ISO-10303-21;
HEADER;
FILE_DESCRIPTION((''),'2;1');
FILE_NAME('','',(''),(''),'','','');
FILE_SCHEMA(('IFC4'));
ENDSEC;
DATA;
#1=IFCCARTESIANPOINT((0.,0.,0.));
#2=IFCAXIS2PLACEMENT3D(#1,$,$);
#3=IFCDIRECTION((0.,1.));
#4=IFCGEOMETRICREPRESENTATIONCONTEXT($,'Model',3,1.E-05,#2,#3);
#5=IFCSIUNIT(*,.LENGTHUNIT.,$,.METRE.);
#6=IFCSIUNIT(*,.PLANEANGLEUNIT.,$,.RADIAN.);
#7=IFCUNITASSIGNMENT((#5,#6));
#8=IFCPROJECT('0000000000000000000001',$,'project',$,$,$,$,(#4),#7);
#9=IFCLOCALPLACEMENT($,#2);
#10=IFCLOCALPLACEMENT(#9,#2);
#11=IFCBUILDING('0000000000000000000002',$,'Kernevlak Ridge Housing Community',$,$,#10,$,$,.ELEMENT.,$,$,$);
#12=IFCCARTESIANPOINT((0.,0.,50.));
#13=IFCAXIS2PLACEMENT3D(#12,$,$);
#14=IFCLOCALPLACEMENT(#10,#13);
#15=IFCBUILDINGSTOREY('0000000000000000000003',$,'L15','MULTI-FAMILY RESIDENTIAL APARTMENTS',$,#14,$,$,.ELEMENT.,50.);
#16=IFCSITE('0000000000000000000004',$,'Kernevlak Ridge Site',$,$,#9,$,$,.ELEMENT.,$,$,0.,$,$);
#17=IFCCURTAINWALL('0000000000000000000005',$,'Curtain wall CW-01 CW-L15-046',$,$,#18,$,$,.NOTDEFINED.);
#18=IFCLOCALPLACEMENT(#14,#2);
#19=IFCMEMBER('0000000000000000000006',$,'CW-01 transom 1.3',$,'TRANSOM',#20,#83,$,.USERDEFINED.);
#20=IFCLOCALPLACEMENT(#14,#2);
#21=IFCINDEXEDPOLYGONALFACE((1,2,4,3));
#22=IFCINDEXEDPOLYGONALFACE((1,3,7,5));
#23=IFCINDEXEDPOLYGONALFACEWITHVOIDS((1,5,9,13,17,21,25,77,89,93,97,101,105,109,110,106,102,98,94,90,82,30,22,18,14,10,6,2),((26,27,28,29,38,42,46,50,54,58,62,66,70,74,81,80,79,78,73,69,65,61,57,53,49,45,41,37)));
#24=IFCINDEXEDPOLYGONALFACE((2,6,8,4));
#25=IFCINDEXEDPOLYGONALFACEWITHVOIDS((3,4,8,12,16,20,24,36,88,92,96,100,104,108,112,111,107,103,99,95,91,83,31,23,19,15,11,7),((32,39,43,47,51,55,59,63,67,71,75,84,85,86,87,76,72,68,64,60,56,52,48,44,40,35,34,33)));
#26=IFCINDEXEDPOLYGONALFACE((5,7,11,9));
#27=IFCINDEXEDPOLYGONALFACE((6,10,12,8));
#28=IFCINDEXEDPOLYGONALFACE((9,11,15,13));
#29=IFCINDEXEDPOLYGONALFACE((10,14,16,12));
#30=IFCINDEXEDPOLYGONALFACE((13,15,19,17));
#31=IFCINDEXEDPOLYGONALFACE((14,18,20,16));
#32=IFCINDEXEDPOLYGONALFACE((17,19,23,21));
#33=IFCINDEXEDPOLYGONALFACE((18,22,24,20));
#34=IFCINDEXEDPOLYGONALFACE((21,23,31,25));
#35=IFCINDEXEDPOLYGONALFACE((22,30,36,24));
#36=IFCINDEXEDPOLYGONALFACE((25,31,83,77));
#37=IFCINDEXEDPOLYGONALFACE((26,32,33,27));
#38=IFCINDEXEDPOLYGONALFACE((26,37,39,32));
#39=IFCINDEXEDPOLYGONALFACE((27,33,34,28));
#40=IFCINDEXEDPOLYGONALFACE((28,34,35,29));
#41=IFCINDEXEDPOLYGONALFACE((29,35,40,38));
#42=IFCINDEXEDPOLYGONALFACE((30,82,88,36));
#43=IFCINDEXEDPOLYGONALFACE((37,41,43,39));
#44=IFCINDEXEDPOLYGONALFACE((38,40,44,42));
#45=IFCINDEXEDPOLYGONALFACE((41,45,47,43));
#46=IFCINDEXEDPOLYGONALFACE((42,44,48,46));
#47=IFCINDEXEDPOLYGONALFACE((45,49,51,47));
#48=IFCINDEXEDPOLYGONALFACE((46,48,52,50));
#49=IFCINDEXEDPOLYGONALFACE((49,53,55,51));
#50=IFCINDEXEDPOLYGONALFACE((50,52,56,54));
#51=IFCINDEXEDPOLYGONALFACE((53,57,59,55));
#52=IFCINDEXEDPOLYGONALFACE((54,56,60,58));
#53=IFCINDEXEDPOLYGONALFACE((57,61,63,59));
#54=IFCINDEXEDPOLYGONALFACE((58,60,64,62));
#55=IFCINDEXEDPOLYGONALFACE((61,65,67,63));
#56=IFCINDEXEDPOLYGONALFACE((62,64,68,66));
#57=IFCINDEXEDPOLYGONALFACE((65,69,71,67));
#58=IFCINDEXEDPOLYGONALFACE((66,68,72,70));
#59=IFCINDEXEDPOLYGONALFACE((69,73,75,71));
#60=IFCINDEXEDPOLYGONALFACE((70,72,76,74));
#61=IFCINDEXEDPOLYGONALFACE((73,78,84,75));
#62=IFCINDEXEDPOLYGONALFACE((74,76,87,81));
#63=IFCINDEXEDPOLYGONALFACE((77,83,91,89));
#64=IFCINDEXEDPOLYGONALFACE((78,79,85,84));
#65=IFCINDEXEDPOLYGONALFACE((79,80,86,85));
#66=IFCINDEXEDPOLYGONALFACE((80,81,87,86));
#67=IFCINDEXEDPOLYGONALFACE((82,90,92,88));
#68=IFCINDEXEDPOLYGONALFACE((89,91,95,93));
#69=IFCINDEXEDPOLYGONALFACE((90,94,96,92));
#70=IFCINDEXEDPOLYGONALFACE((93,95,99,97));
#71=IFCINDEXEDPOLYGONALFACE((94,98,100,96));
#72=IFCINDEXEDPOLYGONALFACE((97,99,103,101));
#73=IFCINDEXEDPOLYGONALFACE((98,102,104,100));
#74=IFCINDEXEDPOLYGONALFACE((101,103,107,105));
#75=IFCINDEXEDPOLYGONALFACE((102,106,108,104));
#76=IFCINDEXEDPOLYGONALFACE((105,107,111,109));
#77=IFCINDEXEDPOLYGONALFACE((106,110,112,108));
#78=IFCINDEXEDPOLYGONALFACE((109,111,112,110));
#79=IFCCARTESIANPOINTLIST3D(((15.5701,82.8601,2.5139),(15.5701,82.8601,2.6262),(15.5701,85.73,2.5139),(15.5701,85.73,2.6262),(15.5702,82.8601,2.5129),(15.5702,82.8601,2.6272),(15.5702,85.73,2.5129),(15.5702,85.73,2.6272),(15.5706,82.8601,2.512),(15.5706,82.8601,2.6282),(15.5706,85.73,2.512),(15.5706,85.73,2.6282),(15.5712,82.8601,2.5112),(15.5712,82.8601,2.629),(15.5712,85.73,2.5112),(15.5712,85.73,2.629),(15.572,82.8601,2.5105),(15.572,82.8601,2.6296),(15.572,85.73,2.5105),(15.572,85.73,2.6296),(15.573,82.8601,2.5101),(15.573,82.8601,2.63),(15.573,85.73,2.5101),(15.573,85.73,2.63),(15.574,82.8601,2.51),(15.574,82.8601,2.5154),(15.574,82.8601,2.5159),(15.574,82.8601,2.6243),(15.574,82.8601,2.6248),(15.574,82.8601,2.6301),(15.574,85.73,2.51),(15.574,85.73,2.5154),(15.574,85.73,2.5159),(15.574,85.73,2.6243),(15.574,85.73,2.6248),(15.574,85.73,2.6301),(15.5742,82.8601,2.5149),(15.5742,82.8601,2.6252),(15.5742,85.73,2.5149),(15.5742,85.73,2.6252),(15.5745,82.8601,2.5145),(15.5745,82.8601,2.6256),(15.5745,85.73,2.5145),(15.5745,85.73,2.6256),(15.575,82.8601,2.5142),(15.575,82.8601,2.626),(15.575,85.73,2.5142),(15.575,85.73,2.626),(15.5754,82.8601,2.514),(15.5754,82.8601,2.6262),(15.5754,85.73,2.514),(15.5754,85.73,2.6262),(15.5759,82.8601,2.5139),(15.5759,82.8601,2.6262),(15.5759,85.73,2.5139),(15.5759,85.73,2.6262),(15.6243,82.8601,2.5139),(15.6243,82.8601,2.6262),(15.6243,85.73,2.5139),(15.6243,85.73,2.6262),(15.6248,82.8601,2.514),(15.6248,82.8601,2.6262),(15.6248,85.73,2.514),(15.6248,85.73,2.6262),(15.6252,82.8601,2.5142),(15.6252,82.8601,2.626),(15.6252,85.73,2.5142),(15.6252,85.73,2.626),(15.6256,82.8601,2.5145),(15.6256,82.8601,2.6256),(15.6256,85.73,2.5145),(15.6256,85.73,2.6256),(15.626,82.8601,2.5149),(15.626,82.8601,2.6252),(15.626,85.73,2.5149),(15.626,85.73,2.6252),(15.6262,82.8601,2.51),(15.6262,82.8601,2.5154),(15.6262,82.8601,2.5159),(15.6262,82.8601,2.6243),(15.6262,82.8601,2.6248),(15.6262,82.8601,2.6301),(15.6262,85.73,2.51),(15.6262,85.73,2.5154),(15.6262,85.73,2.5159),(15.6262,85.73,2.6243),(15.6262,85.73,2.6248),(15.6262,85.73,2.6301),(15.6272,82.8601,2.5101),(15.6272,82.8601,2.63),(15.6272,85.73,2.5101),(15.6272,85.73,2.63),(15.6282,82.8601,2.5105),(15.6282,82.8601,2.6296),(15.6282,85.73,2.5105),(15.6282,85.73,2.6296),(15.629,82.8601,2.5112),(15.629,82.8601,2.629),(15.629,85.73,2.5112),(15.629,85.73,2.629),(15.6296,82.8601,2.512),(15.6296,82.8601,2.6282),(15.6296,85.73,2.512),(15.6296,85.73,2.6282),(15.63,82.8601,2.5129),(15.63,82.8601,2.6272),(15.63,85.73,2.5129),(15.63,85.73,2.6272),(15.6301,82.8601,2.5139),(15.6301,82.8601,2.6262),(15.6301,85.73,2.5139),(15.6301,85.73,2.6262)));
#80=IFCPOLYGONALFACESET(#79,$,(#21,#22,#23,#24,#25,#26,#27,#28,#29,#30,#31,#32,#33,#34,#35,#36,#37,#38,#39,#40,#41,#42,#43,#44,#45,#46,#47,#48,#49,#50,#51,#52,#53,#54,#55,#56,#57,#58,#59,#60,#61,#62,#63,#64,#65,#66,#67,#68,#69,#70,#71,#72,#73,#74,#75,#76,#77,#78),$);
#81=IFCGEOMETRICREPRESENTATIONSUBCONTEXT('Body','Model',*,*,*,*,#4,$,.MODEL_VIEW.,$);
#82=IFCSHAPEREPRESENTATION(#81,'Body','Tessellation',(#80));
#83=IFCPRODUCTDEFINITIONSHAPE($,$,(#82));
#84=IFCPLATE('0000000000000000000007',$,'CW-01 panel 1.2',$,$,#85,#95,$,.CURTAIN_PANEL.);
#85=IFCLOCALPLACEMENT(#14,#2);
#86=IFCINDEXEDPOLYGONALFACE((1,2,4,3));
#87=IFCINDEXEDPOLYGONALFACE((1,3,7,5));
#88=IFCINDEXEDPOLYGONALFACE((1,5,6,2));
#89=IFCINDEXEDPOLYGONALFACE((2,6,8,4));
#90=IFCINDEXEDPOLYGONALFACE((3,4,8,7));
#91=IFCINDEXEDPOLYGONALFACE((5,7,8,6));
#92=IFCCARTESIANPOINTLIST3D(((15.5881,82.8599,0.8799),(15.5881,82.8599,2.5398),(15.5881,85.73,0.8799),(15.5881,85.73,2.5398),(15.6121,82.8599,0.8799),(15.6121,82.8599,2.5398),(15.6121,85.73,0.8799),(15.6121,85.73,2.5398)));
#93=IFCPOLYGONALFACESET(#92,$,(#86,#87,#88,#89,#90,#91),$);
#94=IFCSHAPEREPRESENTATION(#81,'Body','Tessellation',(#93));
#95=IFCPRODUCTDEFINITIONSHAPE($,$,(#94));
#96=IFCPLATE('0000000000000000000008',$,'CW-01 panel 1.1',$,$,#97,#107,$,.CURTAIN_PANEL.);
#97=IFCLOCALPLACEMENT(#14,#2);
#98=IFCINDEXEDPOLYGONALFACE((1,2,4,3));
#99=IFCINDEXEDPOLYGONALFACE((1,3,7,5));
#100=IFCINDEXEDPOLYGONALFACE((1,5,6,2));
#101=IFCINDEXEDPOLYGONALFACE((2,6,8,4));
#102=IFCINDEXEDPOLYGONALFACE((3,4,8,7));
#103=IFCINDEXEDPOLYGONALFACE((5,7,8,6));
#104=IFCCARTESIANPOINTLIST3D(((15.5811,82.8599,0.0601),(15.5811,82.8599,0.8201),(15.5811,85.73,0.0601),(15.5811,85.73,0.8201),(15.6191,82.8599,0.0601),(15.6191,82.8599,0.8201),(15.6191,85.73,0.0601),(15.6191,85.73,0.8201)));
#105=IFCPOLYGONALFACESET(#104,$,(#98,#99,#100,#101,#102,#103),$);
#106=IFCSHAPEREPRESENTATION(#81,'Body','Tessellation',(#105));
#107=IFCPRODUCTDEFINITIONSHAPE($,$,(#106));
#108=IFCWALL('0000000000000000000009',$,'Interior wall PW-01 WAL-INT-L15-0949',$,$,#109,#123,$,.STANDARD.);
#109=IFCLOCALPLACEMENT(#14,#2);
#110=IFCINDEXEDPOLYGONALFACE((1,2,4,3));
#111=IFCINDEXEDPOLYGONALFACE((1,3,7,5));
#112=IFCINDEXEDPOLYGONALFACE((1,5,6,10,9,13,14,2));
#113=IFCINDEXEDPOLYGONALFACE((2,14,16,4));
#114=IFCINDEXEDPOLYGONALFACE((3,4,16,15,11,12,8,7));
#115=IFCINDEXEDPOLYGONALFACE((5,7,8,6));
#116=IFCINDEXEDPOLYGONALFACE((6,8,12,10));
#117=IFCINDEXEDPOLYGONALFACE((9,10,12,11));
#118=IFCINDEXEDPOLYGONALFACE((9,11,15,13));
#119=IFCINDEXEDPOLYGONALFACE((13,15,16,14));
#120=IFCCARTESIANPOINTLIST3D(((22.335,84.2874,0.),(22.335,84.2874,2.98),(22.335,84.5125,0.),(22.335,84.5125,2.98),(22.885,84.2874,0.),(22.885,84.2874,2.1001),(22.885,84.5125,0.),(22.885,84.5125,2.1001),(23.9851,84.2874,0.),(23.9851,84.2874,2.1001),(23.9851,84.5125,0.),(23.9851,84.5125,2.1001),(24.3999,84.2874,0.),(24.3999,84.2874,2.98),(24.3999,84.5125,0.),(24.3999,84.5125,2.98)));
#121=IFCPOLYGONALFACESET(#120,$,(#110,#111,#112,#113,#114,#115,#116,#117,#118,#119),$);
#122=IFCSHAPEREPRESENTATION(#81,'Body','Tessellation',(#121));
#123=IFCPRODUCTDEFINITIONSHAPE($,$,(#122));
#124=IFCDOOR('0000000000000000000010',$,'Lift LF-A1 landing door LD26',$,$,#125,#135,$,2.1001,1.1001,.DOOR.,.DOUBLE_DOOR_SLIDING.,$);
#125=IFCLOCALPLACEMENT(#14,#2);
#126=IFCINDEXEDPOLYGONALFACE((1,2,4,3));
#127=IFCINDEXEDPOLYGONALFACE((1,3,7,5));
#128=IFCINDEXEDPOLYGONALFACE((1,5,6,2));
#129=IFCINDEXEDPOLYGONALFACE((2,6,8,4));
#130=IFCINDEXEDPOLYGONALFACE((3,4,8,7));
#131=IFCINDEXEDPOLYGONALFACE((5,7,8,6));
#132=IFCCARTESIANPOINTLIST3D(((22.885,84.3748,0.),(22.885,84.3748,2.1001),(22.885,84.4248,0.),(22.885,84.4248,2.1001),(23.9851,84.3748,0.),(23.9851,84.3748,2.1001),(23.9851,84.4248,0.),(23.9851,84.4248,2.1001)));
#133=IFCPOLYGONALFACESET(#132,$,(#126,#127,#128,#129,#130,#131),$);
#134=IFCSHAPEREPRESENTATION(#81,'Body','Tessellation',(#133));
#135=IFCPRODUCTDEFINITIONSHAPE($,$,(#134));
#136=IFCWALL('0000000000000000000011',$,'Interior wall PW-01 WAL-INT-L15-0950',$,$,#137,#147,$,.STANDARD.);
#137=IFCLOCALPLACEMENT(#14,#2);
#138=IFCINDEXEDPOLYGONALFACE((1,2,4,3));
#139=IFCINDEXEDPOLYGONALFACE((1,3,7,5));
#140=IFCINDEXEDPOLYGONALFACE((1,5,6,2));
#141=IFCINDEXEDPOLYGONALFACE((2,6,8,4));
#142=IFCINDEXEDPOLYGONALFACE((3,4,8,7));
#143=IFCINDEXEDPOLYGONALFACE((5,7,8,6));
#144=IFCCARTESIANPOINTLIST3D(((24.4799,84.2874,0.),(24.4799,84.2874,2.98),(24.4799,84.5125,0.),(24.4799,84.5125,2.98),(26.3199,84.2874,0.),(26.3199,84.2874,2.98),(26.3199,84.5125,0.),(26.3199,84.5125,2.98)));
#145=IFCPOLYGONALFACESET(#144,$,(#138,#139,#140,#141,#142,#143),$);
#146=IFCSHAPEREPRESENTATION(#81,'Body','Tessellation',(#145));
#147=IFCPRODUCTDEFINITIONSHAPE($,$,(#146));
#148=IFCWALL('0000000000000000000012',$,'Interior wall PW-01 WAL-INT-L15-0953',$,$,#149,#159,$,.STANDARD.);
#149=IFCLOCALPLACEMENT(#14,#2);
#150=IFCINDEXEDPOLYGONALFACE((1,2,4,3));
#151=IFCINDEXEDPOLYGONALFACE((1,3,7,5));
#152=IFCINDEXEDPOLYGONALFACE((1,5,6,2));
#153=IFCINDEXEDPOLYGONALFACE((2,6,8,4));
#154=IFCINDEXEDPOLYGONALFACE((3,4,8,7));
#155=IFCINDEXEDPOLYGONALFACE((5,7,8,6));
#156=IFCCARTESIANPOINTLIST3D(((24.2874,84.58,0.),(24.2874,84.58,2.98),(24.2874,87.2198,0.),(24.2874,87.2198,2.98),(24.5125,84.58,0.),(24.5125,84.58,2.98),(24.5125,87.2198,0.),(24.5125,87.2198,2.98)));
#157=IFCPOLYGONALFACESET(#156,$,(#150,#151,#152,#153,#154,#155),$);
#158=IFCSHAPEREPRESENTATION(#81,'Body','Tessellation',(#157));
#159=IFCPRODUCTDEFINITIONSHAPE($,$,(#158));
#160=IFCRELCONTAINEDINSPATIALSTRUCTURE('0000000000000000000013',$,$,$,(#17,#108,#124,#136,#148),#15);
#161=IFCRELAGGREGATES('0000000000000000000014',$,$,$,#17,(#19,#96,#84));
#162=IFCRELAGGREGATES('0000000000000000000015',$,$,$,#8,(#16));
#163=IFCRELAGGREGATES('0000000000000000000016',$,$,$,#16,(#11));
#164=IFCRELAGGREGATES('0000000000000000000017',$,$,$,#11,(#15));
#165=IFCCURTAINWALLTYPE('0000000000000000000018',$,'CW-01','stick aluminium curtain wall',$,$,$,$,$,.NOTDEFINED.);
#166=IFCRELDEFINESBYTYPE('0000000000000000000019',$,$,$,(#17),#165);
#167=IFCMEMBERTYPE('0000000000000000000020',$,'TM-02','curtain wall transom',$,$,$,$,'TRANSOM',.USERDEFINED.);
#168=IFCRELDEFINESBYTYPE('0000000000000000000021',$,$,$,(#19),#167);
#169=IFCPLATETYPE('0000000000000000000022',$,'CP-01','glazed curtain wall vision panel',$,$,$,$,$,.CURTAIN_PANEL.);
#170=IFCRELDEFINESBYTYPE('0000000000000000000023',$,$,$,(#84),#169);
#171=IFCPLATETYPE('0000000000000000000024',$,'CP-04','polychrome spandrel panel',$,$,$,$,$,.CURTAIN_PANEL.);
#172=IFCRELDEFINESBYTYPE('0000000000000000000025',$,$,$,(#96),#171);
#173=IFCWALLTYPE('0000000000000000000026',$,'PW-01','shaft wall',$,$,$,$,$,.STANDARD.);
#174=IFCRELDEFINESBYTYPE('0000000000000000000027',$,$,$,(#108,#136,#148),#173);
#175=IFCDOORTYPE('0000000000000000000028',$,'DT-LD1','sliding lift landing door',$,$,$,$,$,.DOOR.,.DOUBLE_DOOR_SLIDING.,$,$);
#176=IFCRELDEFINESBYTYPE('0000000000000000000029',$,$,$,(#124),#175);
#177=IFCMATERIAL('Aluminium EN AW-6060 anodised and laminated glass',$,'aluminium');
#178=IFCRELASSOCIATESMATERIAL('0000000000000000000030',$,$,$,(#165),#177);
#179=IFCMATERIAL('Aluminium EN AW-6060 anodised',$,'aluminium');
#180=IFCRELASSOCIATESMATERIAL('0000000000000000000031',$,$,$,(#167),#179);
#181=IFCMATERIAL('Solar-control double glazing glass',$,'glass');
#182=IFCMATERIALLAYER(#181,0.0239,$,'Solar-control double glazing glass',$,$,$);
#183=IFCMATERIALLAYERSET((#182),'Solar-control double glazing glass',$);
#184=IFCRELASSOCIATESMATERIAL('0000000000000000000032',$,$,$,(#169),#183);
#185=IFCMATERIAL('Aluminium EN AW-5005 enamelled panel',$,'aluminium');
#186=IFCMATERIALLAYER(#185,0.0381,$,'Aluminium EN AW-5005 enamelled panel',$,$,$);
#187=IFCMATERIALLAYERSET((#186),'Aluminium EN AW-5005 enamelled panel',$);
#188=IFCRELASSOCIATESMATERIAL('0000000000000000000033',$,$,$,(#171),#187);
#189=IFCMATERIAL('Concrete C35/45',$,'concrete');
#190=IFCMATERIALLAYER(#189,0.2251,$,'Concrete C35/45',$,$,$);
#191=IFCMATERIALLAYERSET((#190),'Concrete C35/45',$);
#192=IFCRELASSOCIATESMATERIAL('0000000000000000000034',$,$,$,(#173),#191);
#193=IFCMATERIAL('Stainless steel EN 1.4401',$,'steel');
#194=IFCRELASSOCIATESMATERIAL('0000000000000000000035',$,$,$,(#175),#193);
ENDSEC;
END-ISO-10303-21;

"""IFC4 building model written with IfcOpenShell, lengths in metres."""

from ifc_helpers import new_model, si_unit, direction, frame, frame_2d, origin, origin_2d, place, context, subcontext, project, spatial, rectangle, hollow_rectangle, extrude, material, layer, layer_set, material_profile, profile_set, type_object, element, fill, aggregate, save


model = new_model("IFC4")

# Units and contexts
model_context = context("Model", 3, precision=1e-05, world=origin(), true_north=direction((0.0, 1.0)))
body_context = subcontext(model_context, "Body", "Model", "MODEL_VIEW")
ifc_project = project(units=[si_unit("LENGTHUNIT", "METRE"), si_unit("PLANEANGLEUNIT", "RADIAN")], contexts=[model_context])

# Site, building, storey
site_placement = place(None, origin())
site = spatial("IfcSite", under=ifc_project, at=site_placement, Name="Kernevlak Ridge Site", CompositionType="ELEMENT", RefElevation=0.0)
building_placement = place(site_placement, origin())
building = spatial("IfcBuilding", under=site, at=building_placement, Name="Kernevlak Ridge Housing Community", CompositionType="ELEMENT")
storey_placement = place(building_placement, frame((0.0, 0.0, 50.0)))
storey = spatial("IfcBuildingStorey", under=building, at=storey_placement, Name="L15", Description="MULTI-FAMILY RESIDENTIAL APARTMENTS", CompositionType="ELEMENT", Elevation=50.0)

# Shared definitions
ifc_material_1 = material(Name="Concrete C35/45", Category="concrete")

# Curtain wall
ifc_material_2 = material(Name="Aluminium EN AW-6060 anodised and laminated glass", Category="aluminium")
curtain_wall_type = type_object("IfcCurtainWallType", Name="CW-01", Description="stick aluminium curtain wall", PredefinedType="NOTDEFINED", material=ifc_material_2)
curtain_wall_placement = place(storey_placement, origin())
curtain_wall = element("IfcCurtainWall", 1, at=curtain_wall_placement, inside=storey, type_object=curtain_wall_type, Name="Curtain wall CW-01 CW-L15-046", PredefinedType="NOTDEFINED")
ifc_material_3 = material(Name="Aluminium EN AW-6060 anodised", Category="aluminium")

# Member
ifc_material_profile_1 = material_profile(ifc_material_3, hollow_rectangle(XDim=0.0601, YDim=0.1201, WallThickness=0.0039, InnerFilletRadius=0.002, OuterFilletRadius=0.0039, at=origin_2d()), Name="ALU 60x120x4")
ifc_profile_set_1 = profile_set([ifc_material_profile_1], Name="Aluminium EN AW-6060 anodised")
member_type_1 = type_object("IfcMemberType", Name="TM-02", Description="curtain wall transom", ElementType="TRANSOM", PredefinedType="USERDEFINED", material=ifc_profile_set_1)
member_1_placement = place(storey_placement, frame((15.6001, 82.8601, 2.5701), z_axis=(0.0, 1.0, 0.0), x_axis=(-1.0, 0.0, 0.0)))
member_1 = element("IfcMember", 2, at=member_1_placement, type_object=member_type_1, Name="CW-01 transom 1.3", ObjectType="TRANSOM", PredefinedType="USERDEFINED", context=body_context, shape_type="SweptSolid", body=[
    extrude(hollow_rectangle(XDim=0.0601, YDim=0.1201, WallThickness=0.0039, InnerFilletRadius=0.002, OuterFilletRadius=0.0039, at=origin_2d()), origin(), (0.0, 0.0, 1.0), 2.8699),
])

# Plates
ifc_material_4 = material(Name="Solar-control double glazing glass", Category="glass")
ifc_layer_1 = layer(ifc_material_4, 0.0239, Name="Solar-control double glazing glass")
ifc_layer_set_1 = layer_set([ifc_layer_1], Name="Solar-control double glazing glass")
plate_type_1 = type_object("IfcPlateType", Name="CP-01", Description="glazed curtain wall vision panel", PredefinedType="CURTAIN_PANEL", material=ifc_layer_set_1)
plate_1_placement = place(storey_placement, frame((15.6001, 84.2949, 0.8799), z_axis=(0.0, 0.0, 1.0), x_axis=(0.0, 1.0, 0.0)))
plate_1 = element("IfcPlate", 3, at=plate_1_placement, type_object=plate_type_1, Name="CW-01 panel 1.2", PredefinedType="CURTAIN_PANEL", context=body_context, shape_type="SweptSolid", body=[
    extrude(rectangle(XDim=2.8701, YDim=0.0239, at=origin_2d()), origin(), (0.0, 0.0, 1.0), 1.6599),
])
ifc_material_5 = material(Name="Aluminium EN AW-5005 enamelled panel", Category="aluminium")
ifc_layer_2 = layer(ifc_material_5, 0.0381, Name="Aluminium EN AW-5005 enamelled panel")
ifc_layer_set_2 = layer_set([ifc_layer_2], Name="Aluminium EN AW-5005 enamelled panel")
plate_type_2 = type_object("IfcPlateType", Name="CP-04", Description="polychrome spandrel panel", PredefinedType="CURTAIN_PANEL", material=ifc_layer_set_2)
plate_2_placement = place(storey_placement, frame((15.6001, 84.2949, 0.0601), z_axis=(0.0, 0.0, 1.0), x_axis=(0.0, 1.0, 0.0)))
plate_2 = element("IfcPlate", 4, at=plate_2_placement, type_object=plate_type_2, Name="CW-01 panel 1.1", PredefinedType="CURTAIN_PANEL", context=body_context, shape_type="SweptSolid", body=[
    extrude(rectangle(XDim=2.8701, YDim=0.0381, at=origin_2d()), origin(), (0.0, 0.0, 1.0), 0.76),
])
aggregate(curtain_wall, [member_1, plate_2, plate_1])

# Wall, opening, door
ifc_layer_3 = layer(ifc_material_1, 0.2251, Name="Concrete C35/45")
ifc_layer_set_3 = layer_set([ifc_layer_3], Name="Concrete C35/45")
wall_type_1 = type_object("IfcWallType", Name="PW-01", Description="shaft wall", PredefinedType="STANDARD", material=ifc_layer_set_3)
wall_1_placement = place(storey_placement, frame((22.335, 84.3999, 0.0), z_axis=(0.0, 0.0, 1.0), x_axis=(1.0, 0.0, 0.0)))
wall_1 = element("IfcWall", 5, at=wall_1_placement, inside=storey, type_object=wall_type_1, Name="Interior wall PW-01 WAL-INT-L15-0949", PredefinedType="STANDARD", context=body_context, shape_type="SweptSolid", body=[
    extrude(rectangle(XDim=2.0649, YDim=0.2251, at=frame_2d((1.0325, 0.0))), origin(), (0.0, 0.0, 1.0), 2.98),
])
opening_1_placement = place(wall_1_placement, frame((0.55, 0.0, 0.0)))
opening_1 = element("IfcOpeningElement", 6, at=opening_1_placement, cuts=wall_1, PredefinedType="OPENING", context=body_context, shape_type="SweptSolid", body=[
    extrude(rectangle(XDim=1.1001, YDim=2.1001, at=frame_2d((0.55, 1.05))), frame((0.0, 0.1226, 0.0), z_axis=(0.0, -1.0, 0.0), x_axis=(1.0, 0.0, 0.0)), (0.0, 0.0, 1.0), 0.2451),
])
ifc_material_6 = material(Name="Stainless steel EN 1.4401", Category="steel")
door_type_1 = type_object("IfcDoorType", Name="DT-LD1", Description="sliding lift landing door", OperationType="DOUBLE_DOOR_SLIDING", PredefinedType="DOOR", material=ifc_material_6)
door_1_placement = place(opening_1_placement, origin())
door_1 = element("IfcDoor", 7, at=door_1_placement, inside=storey, type_object=door_type_1, Name="Lift LF-A1 landing door LD26", OperationType="DOUBLE_DOOR_SLIDING", OverallHeight=2.1001, OverallWidth=1.1001, PredefinedType="DOOR", context=body_context, shape_type="SweptSolid", body=[
    extrude(rectangle(XDim=1.1001, YDim=2.1001, at=frame_2d((0.55, 1.05))), frame((0.0, 0.0249, 0.0), z_axis=(0.0, -1.0, 0.0), x_axis=(1.0, 0.0, 0.0)), (0.0, 0.0, 1.0), 0.05),
])
fill(opening_1, door_1)

# Walls
wall_2_placement = place(storey_placement, frame((24.48, 84.3999, 0.0), z_axis=(0.0, 0.0, 1.0), x_axis=(1.0, 0.0, 0.0)))
element("IfcWall", 8, at=wall_2_placement, inside=storey, type_object=wall_type_1, Name="Interior wall PW-01 WAL-INT-L15-0950", PredefinedType="STANDARD", context=body_context, shape_type="SweptSolid", body=[
    extrude(rectangle(XDim=1.8401, YDim=0.2251, at=frame_2d((0.9199, 0.0))), origin(), (0.0, 0.0, 1.0), 2.98),
])
wall_3_placement = place(storey_placement, frame((24.3999, 84.5801, 0.0), z_axis=(0.0, 0.0, 1.0), x_axis=(0.0, 1.0, 0.0)))
element("IfcWall", 9, at=wall_3_placement, inside=storey, type_object=wall_type_1, Name="Interior wall PW-01 WAL-INT-L15-0953", PredefinedType="STANDARD", context=body_context, shape_type="SweptSolid", body=[
    extrude(rectangle(XDim=2.6399, YDim=0.2251, at=frame_2d((1.3198, 0.0))), origin(), (0.0, 0.0, 1.0), 2.98),
])

save(model, "model.ifc")
